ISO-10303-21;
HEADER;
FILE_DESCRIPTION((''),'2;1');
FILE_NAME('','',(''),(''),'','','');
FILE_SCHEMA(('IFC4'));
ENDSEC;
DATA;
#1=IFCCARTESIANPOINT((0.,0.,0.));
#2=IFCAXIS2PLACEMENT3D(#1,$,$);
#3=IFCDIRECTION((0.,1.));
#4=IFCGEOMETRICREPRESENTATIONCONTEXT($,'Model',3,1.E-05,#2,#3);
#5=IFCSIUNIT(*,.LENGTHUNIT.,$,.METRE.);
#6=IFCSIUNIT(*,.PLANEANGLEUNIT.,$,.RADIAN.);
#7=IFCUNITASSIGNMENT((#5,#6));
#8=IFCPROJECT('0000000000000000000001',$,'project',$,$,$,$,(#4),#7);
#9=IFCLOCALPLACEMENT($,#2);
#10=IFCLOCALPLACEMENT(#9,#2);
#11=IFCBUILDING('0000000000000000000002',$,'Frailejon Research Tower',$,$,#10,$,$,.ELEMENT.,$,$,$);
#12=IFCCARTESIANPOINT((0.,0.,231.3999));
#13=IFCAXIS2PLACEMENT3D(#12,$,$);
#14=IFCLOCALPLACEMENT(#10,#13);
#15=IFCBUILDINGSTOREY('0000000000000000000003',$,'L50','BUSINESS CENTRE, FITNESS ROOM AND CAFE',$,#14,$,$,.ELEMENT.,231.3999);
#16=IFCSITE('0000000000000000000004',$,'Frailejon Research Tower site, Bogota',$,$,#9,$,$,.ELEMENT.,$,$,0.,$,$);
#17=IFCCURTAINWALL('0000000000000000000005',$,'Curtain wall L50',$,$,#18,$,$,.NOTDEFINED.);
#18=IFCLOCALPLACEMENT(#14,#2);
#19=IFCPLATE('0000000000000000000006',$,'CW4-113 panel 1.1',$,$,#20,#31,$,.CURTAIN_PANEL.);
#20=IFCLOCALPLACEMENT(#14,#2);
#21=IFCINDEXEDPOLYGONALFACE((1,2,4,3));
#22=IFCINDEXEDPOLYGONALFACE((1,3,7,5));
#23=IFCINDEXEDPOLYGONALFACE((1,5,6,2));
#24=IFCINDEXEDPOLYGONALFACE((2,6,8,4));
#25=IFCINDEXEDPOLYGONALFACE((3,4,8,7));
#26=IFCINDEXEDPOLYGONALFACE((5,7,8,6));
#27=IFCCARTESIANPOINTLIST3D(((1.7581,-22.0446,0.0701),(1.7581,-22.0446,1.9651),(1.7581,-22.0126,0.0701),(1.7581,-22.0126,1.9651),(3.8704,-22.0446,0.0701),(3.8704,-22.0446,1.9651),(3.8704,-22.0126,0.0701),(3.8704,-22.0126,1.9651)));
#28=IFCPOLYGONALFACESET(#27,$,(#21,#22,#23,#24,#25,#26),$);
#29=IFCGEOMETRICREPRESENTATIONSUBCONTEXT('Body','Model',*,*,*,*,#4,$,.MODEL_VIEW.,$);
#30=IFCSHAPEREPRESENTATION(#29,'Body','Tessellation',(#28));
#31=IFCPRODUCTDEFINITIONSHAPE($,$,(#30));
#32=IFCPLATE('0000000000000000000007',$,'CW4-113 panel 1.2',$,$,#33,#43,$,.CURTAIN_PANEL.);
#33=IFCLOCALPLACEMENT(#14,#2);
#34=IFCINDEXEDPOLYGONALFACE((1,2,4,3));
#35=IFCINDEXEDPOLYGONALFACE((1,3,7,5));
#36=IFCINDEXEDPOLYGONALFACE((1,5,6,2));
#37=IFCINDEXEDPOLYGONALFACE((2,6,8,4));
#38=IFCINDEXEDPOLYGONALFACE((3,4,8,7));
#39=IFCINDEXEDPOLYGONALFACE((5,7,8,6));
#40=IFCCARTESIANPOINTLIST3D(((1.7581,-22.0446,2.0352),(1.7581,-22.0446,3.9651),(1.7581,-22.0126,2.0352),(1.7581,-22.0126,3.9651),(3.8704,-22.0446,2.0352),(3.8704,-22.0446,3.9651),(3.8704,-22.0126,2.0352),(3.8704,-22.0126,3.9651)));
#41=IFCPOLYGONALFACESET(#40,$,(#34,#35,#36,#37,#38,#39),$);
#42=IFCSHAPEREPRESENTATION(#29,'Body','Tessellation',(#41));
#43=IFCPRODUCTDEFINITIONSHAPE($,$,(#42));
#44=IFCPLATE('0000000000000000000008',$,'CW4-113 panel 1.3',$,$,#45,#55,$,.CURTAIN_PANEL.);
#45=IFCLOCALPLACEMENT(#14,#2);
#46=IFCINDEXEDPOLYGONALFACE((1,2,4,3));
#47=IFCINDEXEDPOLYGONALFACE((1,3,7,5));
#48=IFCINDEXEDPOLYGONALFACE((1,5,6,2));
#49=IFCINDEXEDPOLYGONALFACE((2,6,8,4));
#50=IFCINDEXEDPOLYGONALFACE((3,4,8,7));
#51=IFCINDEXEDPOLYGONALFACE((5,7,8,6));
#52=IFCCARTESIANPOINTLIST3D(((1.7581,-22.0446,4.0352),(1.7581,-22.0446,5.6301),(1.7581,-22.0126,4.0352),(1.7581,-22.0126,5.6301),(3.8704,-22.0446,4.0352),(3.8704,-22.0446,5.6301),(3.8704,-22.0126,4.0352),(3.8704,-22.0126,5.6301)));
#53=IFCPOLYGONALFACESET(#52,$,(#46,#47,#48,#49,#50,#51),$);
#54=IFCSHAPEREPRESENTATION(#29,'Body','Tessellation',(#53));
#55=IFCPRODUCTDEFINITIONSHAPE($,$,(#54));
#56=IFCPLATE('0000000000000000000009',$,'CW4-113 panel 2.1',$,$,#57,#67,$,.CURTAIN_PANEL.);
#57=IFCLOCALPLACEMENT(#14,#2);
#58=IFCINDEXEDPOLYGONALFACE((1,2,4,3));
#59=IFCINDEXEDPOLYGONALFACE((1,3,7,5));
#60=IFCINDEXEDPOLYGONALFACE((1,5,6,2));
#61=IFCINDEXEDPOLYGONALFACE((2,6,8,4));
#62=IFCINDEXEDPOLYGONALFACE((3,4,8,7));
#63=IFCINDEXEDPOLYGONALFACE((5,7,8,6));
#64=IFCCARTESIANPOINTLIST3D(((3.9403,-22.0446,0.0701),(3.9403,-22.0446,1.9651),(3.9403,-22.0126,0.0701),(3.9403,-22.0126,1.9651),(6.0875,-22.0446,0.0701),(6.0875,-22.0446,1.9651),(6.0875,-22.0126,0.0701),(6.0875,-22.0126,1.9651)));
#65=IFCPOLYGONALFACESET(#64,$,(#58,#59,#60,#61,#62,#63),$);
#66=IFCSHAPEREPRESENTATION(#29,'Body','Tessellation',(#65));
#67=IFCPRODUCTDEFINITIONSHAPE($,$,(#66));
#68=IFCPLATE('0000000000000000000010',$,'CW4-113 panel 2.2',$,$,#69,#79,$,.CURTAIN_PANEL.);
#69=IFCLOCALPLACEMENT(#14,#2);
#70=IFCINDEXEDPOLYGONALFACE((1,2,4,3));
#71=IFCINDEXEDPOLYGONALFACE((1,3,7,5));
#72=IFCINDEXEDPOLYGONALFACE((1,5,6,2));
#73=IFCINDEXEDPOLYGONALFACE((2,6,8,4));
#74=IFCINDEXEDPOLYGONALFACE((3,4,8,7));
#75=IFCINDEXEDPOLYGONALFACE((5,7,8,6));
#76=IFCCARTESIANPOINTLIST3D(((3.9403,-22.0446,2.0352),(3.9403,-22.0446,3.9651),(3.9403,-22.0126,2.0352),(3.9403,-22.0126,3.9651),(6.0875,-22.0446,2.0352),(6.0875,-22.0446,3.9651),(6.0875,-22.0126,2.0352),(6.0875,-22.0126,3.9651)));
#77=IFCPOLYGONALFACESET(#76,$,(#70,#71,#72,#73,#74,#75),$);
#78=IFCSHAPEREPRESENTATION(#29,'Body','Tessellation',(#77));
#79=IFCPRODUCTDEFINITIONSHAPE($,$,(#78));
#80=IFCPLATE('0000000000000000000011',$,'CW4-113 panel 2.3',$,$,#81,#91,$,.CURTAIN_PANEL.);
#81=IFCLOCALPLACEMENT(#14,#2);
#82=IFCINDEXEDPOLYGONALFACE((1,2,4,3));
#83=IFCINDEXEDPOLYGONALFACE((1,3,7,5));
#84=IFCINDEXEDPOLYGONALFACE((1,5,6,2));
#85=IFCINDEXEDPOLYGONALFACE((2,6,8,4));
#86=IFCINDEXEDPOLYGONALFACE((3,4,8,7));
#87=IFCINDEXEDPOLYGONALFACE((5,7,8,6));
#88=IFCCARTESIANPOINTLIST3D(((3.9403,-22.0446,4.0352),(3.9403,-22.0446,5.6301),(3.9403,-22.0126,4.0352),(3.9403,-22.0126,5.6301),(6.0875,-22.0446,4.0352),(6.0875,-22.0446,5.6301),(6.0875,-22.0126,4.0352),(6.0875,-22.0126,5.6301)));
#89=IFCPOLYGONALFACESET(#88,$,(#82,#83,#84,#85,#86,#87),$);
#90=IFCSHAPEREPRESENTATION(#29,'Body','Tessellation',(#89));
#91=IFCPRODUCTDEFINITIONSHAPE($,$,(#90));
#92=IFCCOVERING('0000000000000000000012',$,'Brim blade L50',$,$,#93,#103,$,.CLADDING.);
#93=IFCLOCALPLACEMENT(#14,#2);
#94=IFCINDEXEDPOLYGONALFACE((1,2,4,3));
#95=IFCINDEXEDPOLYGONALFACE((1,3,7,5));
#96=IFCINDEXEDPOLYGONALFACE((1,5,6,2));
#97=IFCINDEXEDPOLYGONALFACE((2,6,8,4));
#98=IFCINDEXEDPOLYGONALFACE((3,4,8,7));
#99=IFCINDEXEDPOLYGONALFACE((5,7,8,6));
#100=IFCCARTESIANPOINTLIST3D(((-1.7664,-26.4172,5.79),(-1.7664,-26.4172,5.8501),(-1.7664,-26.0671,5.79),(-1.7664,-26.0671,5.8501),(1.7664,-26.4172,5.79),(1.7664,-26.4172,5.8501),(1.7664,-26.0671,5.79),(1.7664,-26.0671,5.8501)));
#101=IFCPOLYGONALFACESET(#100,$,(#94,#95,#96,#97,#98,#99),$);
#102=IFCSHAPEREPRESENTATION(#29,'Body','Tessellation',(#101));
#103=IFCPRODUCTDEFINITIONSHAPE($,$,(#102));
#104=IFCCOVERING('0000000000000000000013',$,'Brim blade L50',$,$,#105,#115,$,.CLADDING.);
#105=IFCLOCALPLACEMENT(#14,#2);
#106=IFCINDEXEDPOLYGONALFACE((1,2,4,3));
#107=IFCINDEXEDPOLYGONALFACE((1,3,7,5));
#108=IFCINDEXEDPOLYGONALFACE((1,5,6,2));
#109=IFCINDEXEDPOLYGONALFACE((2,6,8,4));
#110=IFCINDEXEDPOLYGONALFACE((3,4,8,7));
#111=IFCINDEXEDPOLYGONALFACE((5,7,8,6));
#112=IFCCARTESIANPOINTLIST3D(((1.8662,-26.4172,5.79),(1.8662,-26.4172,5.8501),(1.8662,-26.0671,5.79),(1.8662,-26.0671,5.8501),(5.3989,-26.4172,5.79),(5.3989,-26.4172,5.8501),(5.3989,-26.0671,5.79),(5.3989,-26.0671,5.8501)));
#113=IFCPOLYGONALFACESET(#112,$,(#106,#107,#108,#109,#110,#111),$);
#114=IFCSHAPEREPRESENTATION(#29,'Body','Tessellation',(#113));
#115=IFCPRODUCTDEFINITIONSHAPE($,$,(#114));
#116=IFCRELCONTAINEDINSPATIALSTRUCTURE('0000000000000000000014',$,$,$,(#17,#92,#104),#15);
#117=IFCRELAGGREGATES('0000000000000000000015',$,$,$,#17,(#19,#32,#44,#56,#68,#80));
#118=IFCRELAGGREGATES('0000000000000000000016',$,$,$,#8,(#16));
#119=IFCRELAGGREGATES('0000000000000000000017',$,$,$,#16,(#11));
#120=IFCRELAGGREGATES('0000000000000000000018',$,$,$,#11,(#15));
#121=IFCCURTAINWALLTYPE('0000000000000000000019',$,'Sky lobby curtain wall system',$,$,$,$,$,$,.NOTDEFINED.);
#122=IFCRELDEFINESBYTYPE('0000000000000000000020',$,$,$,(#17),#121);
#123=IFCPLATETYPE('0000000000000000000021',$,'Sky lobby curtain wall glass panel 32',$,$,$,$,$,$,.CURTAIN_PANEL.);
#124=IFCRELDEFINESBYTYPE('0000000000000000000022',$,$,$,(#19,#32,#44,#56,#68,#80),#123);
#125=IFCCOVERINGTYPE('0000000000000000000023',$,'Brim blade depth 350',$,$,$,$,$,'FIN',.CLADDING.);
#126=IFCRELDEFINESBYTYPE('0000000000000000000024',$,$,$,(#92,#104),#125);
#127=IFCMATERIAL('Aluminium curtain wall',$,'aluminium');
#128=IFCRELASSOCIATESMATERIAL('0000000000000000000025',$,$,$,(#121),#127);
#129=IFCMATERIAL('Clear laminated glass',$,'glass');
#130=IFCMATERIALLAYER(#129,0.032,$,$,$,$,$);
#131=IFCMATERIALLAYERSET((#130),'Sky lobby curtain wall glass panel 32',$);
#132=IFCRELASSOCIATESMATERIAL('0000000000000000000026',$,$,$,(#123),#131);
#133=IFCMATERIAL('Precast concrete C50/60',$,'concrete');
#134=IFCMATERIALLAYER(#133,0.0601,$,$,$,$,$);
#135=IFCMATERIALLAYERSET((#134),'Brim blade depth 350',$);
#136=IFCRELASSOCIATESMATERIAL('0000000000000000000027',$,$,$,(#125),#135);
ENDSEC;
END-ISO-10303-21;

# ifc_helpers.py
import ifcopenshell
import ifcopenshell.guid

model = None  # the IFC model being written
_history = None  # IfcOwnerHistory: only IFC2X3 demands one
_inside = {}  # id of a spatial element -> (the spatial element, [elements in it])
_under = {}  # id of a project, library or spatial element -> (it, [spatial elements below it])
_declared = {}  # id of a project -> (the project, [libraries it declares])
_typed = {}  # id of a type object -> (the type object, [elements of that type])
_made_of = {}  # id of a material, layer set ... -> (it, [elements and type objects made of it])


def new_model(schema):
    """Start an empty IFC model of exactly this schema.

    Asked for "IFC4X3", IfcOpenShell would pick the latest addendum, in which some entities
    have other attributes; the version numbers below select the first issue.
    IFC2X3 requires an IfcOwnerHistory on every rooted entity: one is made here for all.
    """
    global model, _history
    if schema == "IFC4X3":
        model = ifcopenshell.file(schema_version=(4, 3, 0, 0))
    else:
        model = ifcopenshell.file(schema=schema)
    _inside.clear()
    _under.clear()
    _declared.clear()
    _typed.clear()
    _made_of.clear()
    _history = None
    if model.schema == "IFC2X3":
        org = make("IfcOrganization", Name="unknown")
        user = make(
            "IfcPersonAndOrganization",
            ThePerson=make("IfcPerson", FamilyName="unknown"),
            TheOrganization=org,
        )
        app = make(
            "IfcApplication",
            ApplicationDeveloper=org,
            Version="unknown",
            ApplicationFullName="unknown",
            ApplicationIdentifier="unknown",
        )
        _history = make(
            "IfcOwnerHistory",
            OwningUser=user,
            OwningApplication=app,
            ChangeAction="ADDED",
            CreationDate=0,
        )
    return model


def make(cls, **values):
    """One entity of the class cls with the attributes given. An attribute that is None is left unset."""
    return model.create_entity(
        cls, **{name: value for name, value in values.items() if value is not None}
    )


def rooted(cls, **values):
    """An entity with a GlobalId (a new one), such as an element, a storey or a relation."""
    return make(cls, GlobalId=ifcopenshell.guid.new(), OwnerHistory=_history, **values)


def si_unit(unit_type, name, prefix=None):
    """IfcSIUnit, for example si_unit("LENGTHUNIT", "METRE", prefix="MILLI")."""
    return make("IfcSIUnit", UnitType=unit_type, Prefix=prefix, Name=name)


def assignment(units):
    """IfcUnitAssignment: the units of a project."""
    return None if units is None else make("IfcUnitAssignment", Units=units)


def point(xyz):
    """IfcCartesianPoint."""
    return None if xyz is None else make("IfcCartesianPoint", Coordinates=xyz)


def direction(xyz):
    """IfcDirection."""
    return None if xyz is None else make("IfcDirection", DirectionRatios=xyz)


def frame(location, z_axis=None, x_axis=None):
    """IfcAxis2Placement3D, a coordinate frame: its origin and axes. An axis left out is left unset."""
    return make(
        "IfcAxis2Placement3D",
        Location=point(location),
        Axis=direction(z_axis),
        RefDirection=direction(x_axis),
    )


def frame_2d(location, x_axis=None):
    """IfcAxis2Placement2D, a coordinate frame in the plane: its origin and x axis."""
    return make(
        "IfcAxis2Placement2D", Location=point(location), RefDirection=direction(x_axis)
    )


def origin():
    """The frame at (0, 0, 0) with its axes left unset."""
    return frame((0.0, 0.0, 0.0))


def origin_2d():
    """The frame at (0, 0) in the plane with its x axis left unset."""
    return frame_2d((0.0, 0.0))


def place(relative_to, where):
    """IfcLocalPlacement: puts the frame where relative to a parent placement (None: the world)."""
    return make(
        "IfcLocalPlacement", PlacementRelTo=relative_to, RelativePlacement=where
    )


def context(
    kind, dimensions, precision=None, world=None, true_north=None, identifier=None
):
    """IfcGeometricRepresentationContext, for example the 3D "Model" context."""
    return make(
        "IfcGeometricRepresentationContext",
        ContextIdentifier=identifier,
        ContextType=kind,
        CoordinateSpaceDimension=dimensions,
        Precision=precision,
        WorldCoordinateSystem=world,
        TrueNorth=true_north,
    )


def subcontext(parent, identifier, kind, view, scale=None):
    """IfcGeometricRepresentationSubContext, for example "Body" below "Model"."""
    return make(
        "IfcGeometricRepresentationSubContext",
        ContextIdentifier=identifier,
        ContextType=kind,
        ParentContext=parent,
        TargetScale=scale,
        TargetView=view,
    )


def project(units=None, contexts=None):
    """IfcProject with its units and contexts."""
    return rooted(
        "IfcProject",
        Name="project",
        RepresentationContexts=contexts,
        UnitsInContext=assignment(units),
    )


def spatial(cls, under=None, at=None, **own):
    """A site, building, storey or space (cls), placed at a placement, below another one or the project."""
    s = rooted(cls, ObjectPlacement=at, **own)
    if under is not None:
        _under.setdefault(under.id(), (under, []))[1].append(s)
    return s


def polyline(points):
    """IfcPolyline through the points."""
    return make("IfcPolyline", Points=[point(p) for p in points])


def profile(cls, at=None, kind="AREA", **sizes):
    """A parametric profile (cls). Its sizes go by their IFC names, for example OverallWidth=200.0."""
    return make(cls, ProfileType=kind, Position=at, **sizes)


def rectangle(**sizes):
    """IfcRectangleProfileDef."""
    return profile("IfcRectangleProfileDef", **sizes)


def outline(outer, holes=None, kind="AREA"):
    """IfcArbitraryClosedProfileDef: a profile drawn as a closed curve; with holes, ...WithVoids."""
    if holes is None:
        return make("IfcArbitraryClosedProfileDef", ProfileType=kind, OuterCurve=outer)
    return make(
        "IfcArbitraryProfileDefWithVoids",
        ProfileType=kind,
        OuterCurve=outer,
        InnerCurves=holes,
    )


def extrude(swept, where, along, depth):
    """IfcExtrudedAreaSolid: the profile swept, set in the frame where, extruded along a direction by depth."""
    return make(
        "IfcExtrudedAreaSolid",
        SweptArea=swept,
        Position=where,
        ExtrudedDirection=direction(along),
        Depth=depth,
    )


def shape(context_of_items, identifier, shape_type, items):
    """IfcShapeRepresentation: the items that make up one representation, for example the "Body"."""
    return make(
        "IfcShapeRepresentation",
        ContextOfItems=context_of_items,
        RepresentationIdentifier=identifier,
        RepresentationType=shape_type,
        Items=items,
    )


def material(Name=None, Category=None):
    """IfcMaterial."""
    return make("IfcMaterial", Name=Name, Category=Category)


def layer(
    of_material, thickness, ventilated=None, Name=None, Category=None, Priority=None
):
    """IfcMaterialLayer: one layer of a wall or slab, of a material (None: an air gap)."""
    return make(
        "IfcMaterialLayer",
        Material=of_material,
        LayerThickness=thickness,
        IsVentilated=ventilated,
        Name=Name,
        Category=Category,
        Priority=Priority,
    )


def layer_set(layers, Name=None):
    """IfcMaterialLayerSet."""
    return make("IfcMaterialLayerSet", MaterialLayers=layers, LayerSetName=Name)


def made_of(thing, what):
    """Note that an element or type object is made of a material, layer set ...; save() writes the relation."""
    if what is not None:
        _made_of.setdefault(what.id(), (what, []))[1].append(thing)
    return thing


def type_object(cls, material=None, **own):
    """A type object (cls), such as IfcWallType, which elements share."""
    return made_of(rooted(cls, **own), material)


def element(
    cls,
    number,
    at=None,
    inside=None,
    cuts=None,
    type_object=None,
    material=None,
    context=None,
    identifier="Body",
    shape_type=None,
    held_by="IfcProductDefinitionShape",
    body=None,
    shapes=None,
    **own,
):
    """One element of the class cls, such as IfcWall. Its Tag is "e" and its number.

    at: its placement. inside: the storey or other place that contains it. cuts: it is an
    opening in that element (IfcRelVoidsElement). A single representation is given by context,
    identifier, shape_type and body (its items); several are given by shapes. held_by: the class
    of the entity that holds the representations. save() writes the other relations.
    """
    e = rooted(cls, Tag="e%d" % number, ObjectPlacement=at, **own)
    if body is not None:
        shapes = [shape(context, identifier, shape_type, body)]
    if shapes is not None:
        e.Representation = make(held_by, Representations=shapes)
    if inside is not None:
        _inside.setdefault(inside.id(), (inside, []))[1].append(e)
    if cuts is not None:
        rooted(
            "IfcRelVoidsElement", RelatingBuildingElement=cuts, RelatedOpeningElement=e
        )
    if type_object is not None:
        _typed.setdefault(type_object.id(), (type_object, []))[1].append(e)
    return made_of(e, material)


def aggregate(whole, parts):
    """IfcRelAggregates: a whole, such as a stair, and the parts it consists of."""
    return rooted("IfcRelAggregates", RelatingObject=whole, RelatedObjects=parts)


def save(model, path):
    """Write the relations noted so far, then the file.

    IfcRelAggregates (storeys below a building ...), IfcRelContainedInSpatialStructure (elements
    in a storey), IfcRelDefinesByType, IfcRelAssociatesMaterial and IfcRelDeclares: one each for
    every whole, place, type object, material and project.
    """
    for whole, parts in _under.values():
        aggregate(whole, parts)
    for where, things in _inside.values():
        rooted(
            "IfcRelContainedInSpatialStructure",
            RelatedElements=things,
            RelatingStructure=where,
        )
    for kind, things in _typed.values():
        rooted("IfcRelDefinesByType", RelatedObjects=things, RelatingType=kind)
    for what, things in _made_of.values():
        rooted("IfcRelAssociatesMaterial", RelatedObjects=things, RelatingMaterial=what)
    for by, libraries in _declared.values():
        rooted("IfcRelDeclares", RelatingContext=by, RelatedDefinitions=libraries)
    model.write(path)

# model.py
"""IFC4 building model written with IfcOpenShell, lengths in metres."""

from ifc_helpers import new_model, si_unit, direction, frame, origin, origin_2d, place, context, subcontext, project, spatial, polyline, rectangle, outline, extrude, material, layer, layer_set, type_object, element, aggregate, save


model = new_model("IFC4")

# Units and contexts
model_context = context("Model", 3, precision=1e-05, world=origin(), true_north=direction((0.0, 1.0)))
body_context = subcontext(model_context, "Body", "Model", "MODEL_VIEW")
ifc_project = project(units=[si_unit("LENGTHUNIT", "METRE"), si_unit("PLANEANGLEUNIT", "RADIAN")], contexts=[model_context])

# Site, building, storey
site_placement = place(None, origin())
site = spatial("IfcSite", under=ifc_project, at=site_placement, Name="Frailejon Research Tower site, Bogota", CompositionType="ELEMENT", RefElevation=0.0)
building_placement = place(site_placement, origin())
building = spatial("IfcBuilding", under=site, at=building_placement, Name="Frailejon Research Tower", CompositionType="ELEMENT")
storey_placement = place(building_placement, frame((0.0, 0.0, 231.3999)))
storey = spatial("IfcBuildingStorey", under=building, at=storey_placement, Name="L50", Description="BUSINESS CENTRE, FITNESS ROOM AND CAFE", CompositionType="ELEMENT", Elevation=231.3999)

# Curtain wall
ifc_material_1 = material(Name="Aluminium curtain wall", Category="aluminium")
curtain_wall_type = type_object("IfcCurtainWallType", Name="Sky lobby curtain wall system", PredefinedType="NOTDEFINED", material=ifc_material_1)
curtain_wall_placement = place(storey_placement, origin())
curtain_wall = element("IfcCurtainWall", 1, at=curtain_wall_placement, inside=storey, type_object=curtain_wall_type, Name="Curtain wall L50", PredefinedType="NOTDEFINED")

# Plates
ifc_material_2 = material(Name="Clear laminated glass", Category="glass")
ifc_layer_1 = layer(ifc_material_2, 0.032)
ifc_layer_set_1 = layer_set([ifc_layer_1], Name="Sky lobby curtain wall glass panel 32")
plate_type = type_object("IfcPlateType", Name="Sky lobby curtain wall glass panel 32", PredefinedType="CURTAIN_PANEL", material=ifc_layer_set_1)
plate_1_placement = place(storey_placement, frame((2.8142, -22.0286, 0.0701), z_axis=(0.0, 0.0, 1.0), x_axis=(1.0, 0.0, 0.0)))
plate_1 = element("IfcPlate", 2, at=plate_1_placement, type_object=plate_type, Name="CW4-113 panel 1.1", PredefinedType="CURTAIN_PANEL", context=body_context, shape_type="SweptSolid", body=[
    extrude(rectangle(XDim=2.1123, YDim=0.032, at=origin_2d()), origin(), (0.0, 0.0, 1.0), 1.895),
])
plate_2_placement = place(storey_placement, frame((2.8142, -22.0286, 2.0352), z_axis=(0.0, 0.0, 1.0), x_axis=(1.0, 0.0, 0.0)))
plate_2 = element("IfcPlate", 3, at=plate_2_placement, type_object=plate_type, Name="CW4-113 panel 1.2", PredefinedType="CURTAIN_PANEL", context=body_context, shape_type="SweptSolid", body=[
    extrude(rectangle(XDim=2.1123, YDim=0.032, at=origin_2d()), origin(), (0.0, 0.0, 1.0), 1.9299),
])
plate_3_placement = place(storey_placement, frame((2.8142, -22.0286, 4.0352), z_axis=(0.0, 0.0, 1.0), x_axis=(1.0, 0.0, 0.0)))
plate_3 = element("IfcPlate", 4, at=plate_3_placement, type_object=plate_type, Name="CW4-113 panel 1.3", PredefinedType="CURTAIN_PANEL", context=body_context, shape_type="SweptSolid", body=[
    extrude(rectangle(XDim=2.1123, YDim=0.032, at=origin_2d()), origin(), (0.0, 0.0, 1.0), 1.595),
])
plate_4_placement = place(storey_placement, frame((5.0139, -22.0286, 0.0701), z_axis=(0.0, 0.0, 1.0), x_axis=(1.0, 0.0, 0.0)))
plate_4 = element("IfcPlate", 5, at=plate_4_placement, type_object=plate_type, Name="CW4-113 panel 2.1", PredefinedType="CURTAIN_PANEL", context=body_context, shape_type="SweptSolid", body=[
    extrude(rectangle(XDim=2.1472, YDim=0.032, at=origin_2d()), origin(), (0.0, 0.0, 1.0), 1.895),
])
plate_5_placement = place(storey_placement, frame((5.0139, -22.0286, 2.0352), z_axis=(0.0, 0.0, 1.0), x_axis=(1.0, 0.0, 0.0)))
plate_5 = element("IfcPlate", 6, at=plate_5_placement, type_object=plate_type, Name="CW4-113 panel 2.2", PredefinedType="CURTAIN_PANEL", context=body_context, shape_type="SweptSolid", body=[
    extrude(rectangle(XDim=2.1472, YDim=0.032, at=origin_2d()), origin(), (0.0, 0.0, 1.0), 1.9299),
])
plate_6_placement = place(storey_placement, frame((5.0139, -22.0286, 4.0352), z_axis=(0.0, 0.0, 1.0), x_axis=(1.0, 0.0, 0.0)))
plate_6 = element("IfcPlate", 7, at=plate_6_placement, type_object=plate_type, Name="CW4-113 panel 2.3", PredefinedType="CURTAIN_PANEL", context=body_context, shape_type="SweptSolid", body=[
    extrude(rectangle(XDim=2.1472, YDim=0.032, at=origin_2d()), origin(), (0.0, 0.0, 1.0), 1.595),
])
aggregate(curtain_wall, [plate_1, plate_2, plate_3, plate_4, plate_5, plate_6])

# Coverings
ifc_material_3 = material(Name="Precast concrete C50/60", Category="concrete")
ifc_layer_2 = layer(ifc_material_3, 0.0601)
ifc_layer_set_2 = layer_set([ifc_layer_2], Name="Brim blade depth 350")
covering_type = type_object("IfcCoveringType", Name="Brim blade depth 350", ElementType="FIN", PredefinedType="CLADDING", material=ifc_layer_set_2)
for number, where, z_axis, x_axis, name in (
    (8, (1.7664, -26.0671, 5.8501), (-1.0, 0.0, 0.0), (0.0, -1.0, 0.0), "Brim blade L50"),
    (9, (5.3989, -26.0671, 5.8501), (-1.0, 0.0, 0.0), (0.0, -1.0, 0.0), "Brim blade L50"),
):
    element("IfcCovering", number, at=place(storey_placement, frame(where, z_axis=z_axis, x_axis=x_axis)), inside=storey, type_object=covering_type, Name=name, PredefinedType="CLADDING", context=body_context, shape_type="SweptSolid", body=[
        extrude(outline(polyline([(0.0, -0.0601), (0.3501, -0.0601), (0.3501, 0.0), (0.0, 0.0), (0.0, -0.0601)])), origin(), (0.0, 0.0, 1.0), 3.5327),
    ])

save(model, "model.ifc")
